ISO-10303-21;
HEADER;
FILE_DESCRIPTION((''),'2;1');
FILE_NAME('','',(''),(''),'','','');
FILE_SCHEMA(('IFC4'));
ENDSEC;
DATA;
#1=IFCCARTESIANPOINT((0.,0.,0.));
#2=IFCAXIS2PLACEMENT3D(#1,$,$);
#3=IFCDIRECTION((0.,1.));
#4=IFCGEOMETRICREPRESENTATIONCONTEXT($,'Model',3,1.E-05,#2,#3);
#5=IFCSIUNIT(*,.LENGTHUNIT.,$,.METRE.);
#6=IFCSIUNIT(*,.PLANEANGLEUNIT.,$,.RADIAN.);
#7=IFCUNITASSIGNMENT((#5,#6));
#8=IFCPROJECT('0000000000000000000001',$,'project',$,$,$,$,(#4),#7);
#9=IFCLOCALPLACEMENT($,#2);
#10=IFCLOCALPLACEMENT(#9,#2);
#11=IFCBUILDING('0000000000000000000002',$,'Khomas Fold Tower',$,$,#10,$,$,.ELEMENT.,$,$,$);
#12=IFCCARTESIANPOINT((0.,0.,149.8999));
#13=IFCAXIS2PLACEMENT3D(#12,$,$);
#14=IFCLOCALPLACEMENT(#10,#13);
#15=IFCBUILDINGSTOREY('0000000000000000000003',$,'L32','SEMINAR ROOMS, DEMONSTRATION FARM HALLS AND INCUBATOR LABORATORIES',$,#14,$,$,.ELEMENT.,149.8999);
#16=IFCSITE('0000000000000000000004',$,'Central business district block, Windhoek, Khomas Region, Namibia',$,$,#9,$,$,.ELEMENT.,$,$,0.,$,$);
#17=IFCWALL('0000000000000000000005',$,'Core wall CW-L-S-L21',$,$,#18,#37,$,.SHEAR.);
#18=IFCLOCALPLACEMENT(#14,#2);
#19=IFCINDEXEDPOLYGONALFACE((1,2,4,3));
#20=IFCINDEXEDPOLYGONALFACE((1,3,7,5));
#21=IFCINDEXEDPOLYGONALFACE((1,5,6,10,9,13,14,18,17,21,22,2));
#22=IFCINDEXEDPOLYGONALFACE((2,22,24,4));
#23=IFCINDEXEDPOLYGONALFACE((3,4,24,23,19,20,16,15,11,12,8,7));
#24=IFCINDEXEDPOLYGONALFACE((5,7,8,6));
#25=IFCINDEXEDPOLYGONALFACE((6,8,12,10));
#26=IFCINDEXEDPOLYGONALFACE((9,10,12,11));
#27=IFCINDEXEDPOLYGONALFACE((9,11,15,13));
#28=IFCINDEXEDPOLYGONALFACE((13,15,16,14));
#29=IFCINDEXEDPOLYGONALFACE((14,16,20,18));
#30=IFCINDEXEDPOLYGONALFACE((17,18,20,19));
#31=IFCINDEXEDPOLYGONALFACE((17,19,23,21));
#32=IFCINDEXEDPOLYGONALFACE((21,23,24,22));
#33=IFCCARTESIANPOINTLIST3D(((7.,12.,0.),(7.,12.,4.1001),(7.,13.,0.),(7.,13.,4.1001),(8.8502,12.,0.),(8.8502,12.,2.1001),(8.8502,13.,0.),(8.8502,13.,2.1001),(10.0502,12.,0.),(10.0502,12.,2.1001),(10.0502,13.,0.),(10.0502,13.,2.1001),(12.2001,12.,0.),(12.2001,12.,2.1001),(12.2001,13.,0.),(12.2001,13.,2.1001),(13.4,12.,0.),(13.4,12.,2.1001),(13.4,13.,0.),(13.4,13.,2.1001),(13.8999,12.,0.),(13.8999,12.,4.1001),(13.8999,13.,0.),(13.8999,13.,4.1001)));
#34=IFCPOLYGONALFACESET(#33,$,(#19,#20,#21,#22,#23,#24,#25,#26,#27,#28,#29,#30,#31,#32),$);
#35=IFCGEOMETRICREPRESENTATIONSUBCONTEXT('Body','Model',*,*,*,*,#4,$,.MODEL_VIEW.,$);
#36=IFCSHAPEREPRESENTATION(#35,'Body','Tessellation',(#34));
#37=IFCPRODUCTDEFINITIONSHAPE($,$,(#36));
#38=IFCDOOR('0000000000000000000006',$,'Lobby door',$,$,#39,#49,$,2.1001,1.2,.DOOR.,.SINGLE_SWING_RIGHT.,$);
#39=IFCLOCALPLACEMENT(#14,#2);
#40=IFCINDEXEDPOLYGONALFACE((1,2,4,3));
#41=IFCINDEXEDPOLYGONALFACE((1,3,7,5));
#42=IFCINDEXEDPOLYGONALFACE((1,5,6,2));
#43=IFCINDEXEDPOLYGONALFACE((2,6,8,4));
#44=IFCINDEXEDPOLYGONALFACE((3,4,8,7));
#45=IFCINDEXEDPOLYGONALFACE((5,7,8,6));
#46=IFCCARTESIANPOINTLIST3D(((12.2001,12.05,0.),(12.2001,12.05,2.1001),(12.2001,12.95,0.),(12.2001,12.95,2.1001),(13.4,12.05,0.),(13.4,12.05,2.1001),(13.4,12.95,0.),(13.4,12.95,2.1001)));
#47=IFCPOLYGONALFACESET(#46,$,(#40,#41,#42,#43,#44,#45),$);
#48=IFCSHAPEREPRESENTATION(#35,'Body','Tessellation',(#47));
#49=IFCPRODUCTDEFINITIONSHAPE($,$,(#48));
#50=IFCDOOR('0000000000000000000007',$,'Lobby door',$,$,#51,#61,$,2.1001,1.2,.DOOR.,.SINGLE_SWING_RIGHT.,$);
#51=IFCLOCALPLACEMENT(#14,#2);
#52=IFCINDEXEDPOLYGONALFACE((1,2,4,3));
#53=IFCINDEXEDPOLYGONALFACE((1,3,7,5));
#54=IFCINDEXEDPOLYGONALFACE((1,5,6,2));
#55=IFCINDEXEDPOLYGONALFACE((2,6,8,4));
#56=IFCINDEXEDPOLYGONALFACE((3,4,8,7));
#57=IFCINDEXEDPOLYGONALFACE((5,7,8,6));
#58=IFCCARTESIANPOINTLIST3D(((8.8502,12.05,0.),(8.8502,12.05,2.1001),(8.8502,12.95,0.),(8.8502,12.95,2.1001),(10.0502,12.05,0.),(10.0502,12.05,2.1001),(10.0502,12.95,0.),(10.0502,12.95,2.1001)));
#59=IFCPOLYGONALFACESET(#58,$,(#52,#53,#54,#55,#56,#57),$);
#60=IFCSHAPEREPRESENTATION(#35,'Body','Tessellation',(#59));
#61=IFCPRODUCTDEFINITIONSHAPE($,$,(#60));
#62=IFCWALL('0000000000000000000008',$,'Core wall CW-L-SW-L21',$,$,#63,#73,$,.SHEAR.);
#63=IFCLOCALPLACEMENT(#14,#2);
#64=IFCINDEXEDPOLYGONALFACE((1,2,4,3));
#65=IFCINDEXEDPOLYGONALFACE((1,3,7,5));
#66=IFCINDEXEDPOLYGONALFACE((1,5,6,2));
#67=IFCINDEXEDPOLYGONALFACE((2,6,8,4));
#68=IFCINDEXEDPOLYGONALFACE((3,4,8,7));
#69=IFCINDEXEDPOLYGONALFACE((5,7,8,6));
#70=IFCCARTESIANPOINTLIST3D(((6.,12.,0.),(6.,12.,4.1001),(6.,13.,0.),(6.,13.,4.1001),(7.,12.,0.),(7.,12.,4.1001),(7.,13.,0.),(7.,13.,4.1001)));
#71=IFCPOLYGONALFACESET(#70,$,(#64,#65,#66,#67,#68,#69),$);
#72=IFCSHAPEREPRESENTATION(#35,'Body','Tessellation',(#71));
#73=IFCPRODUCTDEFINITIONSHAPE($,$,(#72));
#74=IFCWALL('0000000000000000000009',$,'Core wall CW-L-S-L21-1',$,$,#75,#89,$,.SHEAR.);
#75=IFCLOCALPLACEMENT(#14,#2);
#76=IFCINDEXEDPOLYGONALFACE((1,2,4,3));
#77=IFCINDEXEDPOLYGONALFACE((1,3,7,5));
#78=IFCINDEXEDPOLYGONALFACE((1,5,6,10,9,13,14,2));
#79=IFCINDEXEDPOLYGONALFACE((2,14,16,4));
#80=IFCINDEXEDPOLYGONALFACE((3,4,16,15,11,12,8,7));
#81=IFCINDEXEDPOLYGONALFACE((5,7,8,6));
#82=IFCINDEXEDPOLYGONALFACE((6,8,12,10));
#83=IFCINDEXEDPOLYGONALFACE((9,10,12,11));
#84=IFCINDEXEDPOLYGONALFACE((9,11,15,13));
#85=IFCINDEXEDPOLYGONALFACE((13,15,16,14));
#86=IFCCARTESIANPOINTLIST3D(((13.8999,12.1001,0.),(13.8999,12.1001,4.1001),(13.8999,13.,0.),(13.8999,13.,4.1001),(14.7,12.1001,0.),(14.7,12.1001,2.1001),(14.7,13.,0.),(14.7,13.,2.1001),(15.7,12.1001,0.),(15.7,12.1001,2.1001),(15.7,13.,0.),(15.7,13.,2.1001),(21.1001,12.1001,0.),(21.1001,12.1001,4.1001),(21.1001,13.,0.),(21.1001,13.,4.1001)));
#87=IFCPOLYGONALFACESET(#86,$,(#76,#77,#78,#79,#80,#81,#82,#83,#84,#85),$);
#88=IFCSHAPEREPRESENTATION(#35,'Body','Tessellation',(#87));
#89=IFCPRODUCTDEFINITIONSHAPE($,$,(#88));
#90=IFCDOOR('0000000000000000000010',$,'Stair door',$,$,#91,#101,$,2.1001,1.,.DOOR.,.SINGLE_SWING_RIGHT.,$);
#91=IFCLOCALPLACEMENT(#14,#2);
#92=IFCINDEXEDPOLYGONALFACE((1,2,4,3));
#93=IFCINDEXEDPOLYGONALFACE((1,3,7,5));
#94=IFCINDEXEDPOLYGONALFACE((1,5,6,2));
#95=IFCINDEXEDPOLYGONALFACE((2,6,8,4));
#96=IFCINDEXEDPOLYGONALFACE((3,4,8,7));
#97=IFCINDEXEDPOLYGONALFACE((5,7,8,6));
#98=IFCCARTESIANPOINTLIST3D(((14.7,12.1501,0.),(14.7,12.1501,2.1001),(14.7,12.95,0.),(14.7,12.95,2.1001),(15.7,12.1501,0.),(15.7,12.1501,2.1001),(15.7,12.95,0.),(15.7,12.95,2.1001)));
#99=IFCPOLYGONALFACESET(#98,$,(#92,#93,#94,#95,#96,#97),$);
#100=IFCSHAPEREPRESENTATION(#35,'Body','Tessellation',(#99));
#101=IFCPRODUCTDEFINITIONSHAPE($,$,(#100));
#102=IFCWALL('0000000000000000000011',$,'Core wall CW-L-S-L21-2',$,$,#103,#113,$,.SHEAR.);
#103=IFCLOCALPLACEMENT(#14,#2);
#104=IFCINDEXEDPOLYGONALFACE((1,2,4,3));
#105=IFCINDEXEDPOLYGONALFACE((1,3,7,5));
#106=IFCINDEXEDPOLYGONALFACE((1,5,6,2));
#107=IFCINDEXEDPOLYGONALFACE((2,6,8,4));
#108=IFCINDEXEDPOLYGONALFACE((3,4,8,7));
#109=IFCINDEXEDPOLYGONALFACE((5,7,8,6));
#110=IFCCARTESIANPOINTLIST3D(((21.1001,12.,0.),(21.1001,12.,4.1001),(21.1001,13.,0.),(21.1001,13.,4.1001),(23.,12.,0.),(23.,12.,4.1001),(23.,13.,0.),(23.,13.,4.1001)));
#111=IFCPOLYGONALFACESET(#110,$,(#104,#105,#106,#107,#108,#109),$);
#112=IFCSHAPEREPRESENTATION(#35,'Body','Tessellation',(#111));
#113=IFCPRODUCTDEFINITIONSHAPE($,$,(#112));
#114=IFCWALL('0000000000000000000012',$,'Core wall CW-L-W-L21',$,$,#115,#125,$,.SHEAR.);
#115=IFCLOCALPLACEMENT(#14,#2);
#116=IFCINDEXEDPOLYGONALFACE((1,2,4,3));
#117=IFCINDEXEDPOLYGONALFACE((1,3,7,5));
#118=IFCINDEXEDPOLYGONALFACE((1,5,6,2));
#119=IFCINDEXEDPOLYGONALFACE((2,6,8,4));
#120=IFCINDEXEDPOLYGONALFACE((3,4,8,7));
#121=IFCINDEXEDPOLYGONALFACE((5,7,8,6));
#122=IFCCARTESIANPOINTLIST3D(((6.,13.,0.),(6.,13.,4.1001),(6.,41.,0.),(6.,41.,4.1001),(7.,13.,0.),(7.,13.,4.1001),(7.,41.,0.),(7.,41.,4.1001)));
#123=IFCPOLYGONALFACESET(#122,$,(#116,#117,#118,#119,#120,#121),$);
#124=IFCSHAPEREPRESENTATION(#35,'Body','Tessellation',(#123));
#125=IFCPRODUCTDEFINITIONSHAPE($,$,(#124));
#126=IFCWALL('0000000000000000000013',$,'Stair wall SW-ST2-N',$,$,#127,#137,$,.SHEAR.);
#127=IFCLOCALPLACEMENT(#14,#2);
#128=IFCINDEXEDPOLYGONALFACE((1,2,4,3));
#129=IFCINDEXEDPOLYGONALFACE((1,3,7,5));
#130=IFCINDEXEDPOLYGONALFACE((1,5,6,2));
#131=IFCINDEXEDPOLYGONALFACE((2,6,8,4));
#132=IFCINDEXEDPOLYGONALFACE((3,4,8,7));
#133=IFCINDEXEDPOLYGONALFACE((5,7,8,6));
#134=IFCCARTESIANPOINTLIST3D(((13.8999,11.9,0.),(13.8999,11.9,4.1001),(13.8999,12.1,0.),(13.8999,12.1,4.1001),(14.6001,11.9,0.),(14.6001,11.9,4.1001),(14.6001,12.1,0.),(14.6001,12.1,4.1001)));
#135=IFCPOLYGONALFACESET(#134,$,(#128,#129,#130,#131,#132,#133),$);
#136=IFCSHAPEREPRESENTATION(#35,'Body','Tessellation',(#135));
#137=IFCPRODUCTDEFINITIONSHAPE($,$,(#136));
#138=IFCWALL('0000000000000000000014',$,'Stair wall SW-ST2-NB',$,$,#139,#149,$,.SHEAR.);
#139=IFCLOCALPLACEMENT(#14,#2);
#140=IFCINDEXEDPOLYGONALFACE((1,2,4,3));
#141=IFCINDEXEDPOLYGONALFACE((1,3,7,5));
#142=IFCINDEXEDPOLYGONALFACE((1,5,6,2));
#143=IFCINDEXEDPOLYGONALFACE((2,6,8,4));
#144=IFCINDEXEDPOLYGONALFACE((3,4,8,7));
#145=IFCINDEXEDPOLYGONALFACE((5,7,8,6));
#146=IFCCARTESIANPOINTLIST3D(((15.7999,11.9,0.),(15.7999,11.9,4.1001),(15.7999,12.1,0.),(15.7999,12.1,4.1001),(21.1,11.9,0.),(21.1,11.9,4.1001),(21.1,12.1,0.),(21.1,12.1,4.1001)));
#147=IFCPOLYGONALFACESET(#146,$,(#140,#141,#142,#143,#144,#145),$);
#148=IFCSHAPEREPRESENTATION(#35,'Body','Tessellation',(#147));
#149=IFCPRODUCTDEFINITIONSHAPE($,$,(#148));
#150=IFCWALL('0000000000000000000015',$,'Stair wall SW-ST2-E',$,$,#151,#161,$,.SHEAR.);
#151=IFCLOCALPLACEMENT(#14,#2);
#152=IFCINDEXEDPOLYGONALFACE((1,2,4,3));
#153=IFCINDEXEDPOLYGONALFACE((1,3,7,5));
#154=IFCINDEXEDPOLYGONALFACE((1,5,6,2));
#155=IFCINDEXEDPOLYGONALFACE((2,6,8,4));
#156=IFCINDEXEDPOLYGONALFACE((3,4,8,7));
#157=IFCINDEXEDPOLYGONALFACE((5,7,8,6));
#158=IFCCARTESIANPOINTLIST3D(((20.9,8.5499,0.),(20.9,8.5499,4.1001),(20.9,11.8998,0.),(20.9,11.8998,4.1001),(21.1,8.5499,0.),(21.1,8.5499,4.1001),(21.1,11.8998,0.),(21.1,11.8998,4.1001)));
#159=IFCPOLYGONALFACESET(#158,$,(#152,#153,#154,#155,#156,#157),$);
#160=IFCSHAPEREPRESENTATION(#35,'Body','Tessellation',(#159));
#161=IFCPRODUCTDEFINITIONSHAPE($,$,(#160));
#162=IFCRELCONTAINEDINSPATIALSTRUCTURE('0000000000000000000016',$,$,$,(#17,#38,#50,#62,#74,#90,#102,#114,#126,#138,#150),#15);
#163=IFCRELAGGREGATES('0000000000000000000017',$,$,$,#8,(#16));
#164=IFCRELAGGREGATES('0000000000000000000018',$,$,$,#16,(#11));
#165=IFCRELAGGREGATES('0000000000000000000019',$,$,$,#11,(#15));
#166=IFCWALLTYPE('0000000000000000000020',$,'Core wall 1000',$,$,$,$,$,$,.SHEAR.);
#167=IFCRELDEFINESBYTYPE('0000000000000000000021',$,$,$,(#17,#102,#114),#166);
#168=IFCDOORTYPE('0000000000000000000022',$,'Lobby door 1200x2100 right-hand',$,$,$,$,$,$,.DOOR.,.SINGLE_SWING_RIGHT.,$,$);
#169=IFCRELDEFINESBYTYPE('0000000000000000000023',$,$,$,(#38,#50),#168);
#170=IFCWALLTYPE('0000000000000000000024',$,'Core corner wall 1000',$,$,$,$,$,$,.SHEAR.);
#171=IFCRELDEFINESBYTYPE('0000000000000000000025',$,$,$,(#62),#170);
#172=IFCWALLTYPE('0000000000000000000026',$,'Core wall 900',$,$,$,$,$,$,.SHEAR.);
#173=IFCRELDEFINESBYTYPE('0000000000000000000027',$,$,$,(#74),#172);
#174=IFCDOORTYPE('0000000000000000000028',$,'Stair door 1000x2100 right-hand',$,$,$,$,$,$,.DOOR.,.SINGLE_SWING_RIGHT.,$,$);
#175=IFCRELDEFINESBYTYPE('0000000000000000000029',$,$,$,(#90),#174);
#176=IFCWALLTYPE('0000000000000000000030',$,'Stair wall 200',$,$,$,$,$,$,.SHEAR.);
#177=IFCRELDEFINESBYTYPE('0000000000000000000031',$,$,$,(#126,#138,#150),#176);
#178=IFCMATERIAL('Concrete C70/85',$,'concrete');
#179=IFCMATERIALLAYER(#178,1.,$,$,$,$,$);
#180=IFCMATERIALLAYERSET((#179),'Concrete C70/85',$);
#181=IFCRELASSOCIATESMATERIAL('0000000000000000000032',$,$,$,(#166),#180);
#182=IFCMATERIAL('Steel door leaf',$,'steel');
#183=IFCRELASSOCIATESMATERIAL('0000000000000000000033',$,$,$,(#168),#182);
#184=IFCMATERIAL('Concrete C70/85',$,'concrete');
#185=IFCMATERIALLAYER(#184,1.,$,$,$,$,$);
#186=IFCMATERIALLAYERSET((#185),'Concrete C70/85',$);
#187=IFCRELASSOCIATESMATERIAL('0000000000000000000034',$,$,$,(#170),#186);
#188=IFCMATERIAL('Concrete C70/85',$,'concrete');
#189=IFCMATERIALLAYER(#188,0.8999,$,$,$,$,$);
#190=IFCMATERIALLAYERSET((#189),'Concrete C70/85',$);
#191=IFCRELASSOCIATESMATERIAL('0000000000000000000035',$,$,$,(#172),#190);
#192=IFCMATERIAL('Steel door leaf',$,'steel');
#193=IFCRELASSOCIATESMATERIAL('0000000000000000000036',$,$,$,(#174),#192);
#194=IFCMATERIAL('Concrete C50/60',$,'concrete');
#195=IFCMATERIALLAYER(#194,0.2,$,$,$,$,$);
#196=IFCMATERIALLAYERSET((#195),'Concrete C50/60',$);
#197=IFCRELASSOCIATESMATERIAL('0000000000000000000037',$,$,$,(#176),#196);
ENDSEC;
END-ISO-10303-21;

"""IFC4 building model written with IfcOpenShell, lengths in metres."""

from ifc_helpers import new_model, si_unit, direction, frame, frame_2d, origin, place, context, subcontext, project, spatial, rectangle, extrude, source, transform, mapped, material, layer, layer_set, type_object, element, fill, save


model = new_model("IFC4")

# Units and contexts
model_context = context("Model", 3, precision=1e-05, world=origin(), true_north=direction((0.0, 1.0)))
body_context = subcontext(model_context, "Body", "Model", "MODEL_VIEW")
ifc_project = project(units=[si_unit("LENGTHUNIT", "METRE"), si_unit("PLANEANGLEUNIT", "RADIAN")], contexts=[model_context])

# Site, building, storey
site_placement = place(None, origin())
site = spatial("IfcSite", under=ifc_project, at=site_placement, Name="Central business district block, Windhoek, Khomas Region, Namibia", CompositionType="ELEMENT", RefElevation=0.0)
building_placement = place(site_placement, origin())
building = spatial("IfcBuilding", under=site, at=building_placement, Name="Khomas Fold Tower", CompositionType="ELEMENT")
storey_placement = place(building_placement, frame((0.0, 0.0, 149.8999)))
storey = spatial("IfcBuildingStorey", under=building, at=storey_placement, Name="L32", Description="SEMINAR ROOMS, DEMONSTRATION FARM HALLS AND INCUBATOR LABORATORIES", CompositionType="ELEMENT", Elevation=149.8999)

# Wall, openings, doors
ifc_material_1 = material(Name="Concrete C70/85", Category="concrete")
ifc_layer_1 = layer(ifc_material_1, 1.0)
ifc_layer_set_1 = layer_set([ifc_layer_1], Name="Concrete C70/85")
wall_type_1 = type_object("IfcWallType", Name="Core wall 1000", PredefinedType="SHEAR", material=ifc_layer_set_1)
shared_shape_1 = source(origin(), body_context, "Body", "SweptSolid", [
    extrude(rectangle(XDim=6.8999, YDim=1.0, at=frame_2d((3.45, 0.0))), origin(), (0.0, 0.0, 1.0), 4.1001),
])
wall_1_placement = place(storey_placement, frame((7.0, 12.5, 0.0), z_axis=(0.0, 0.0, 1.0), x_axis=(1.0, 0.0, 0.0)))
wall_1 = element("IfcWall", 1, at=wall_1_placement, inside=storey, type_object=wall_type_1, Name="Core wall CW-L-S-L21", PredefinedType="SHEAR", context=body_context, shape_type="MappedRepresentation", body=[
    mapped(shared_shape_1, transform((0.0, 0.0, 0.0))),
])
shared_shape_2 = source(origin(), body_context, "Body", "SweptSolid", [
    extrude(rectangle(XDim=1.2, YDim=2.1001, at=frame_2d((0.6001, 1.05))), frame((0.0, 0.51, 0.0), z_axis=(0.0, -1.0, 0.0), x_axis=(1.0, 0.0, 0.0)), (0.0, 0.0, 1.0), 1.02),
])
opening_1_placement = place(wall_1_placement, frame((5.2, 0.0, 0.0)))
opening_1 = element("IfcOpeningElement", 2, at=opening_1_placement, cuts=wall_1, PredefinedType="OPENING", context=body_context, shape_type="MappedRepresentation", body=[
    mapped(shared_shape_2, transform((0.0, 0.0, 0.0))),
])
opening_2_placement = place(wall_1_placement, frame((1.8501, 0.0, 0.0)))
opening_2 = element("IfcOpeningElement", 3, at=opening_2_placement, cuts=wall_1, PredefinedType="OPENING", context=body_context, shape_type="MappedRepresentation", body=[
    mapped(shared_shape_2, transform((0.0, 0.0, 0.0))),
])
ifc_material_2 = material(Name="Steel door leaf", Category="steel")
door_type_1 = type_object("IfcDoorType", Name="Lobby door 1200x2100 right-hand", OperationType="SINGLE_SWING_RIGHT", PredefinedType="DOOR", material=ifc_material_2)
shared_shape_3 = source(origin(), body_context, "Body", "SweptSolid", [
    extrude(rectangle(XDim=1.2, YDim=2.1001, at=frame_2d((0.6001, 1.05))), frame((0.0, 0.45, 0.0), z_axis=(0.0, -1.0, 0.0), x_axis=(1.0, 0.0, 0.0)), (0.0, 0.0, 1.0), 0.8999),
])
door_1_placement = place(opening_1_placement, origin())
door_1 = element("IfcDoor", 4, at=door_1_placement, inside=storey, type_object=door_type_1, Name="Lobby door", OperationType="SINGLE_SWING_RIGHT", OverallHeight=2.1001, OverallWidth=1.2, PredefinedType="DOOR", context=body_context, shape_type="MappedRepresentation", body=[
    mapped(shared_shape_3, transform((0.0, 0.0, 0.0))),
])
fill(opening_1, door_1)
door_2_placement = place(opening_2_placement, origin())
door_2 = element("IfcDoor", 5, at=door_2_placement, inside=storey, type_object=door_type_1, Name="Lobby door", OperationType="SINGLE_SWING_RIGHT", OverallHeight=2.1001, OverallWidth=1.2, PredefinedType="DOOR", context=body_context, shape_type="MappedRepresentation", body=[
    mapped(shared_shape_3, transform((0.0, 0.0, 0.0))),
])
fill(opening_2, door_2)

# Wall
ifc_material_3 = material(Name="Concrete C70/85", Category="concrete")
ifc_layer_2 = layer(ifc_material_3, 1.0)
ifc_layer_set_2 = layer_set([ifc_layer_2], Name="Concrete C70/85")
wall_type_2 = type_object("IfcWallType", Name="Core corner wall 1000", PredefinedType="SHEAR", material=ifc_layer_set_2)
shared_shape_4 = source(origin(), body_context, "Body", "SweptSolid", [
    extrude(rectangle(XDim=1.0, YDim=1.0, at=frame_2d((0.5, 0.0))), origin(), (0.0, 0.0, 1.0), 4.1001),
])
wall_2_placement = place(storey_placement, frame((6.0, 12.5, 0.0), z_axis=(0.0, 0.0, 1.0), x_axis=(1.0, 0.0, 0.0)))
element("IfcWall", 6, at=wall_2_placement, inside=storey, type_object=wall_type_2, Name="Core wall CW-L-SW-L21", PredefinedType="SHEAR", context=body_context, shape_type="MappedRepresentation", body=[
    mapped(shared_shape_4, transform((0.0, 0.0, 0.0))),
])

# Wall, opening, door
ifc_material_4 = material(Name="Concrete C70/85", Category="concrete")
ifc_layer_3 = layer(ifc_material_4, 0.8999)
ifc_layer_set_3 = layer_set([ifc_layer_3], Name="Concrete C70/85")
wall_type_3 = type_object("IfcWallType", Name="Core wall 900", PredefinedType="SHEAR", material=ifc_layer_set_3)
shared_shape_5 = source(origin(), body_context, "Body", "SweptSolid", [
    extrude(rectangle(XDim=7.2002, YDim=0.8999, at=frame_2d((3.6001, 0.0))), origin(), (0.0, 0.0, 1.0), 4.1001),
])
wall_3_placement = place(storey_placement, frame((13.8999, 12.55, 0.0), z_axis=(0.0, 0.0, 1.0), x_axis=(1.0, 0.0, 0.0)))
wall_3 = element("IfcWall", 7, at=wall_3_placement, inside=storey, type_object=wall_type_3, Name="Core wall CW-L-S-L21-1", PredefinedType="SHEAR", context=body_context, shape_type="MappedRepresentation", body=[
    mapped(shared_shape_5, transform((0.0, 0.0, 0.0))),
])
shared_shape_6 = source(origin(), body_context, "Body", "SweptSolid", [
    extrude(rectangle(XDim=1.0, YDim=2.1001, at=frame_2d((0.5, 1.05))), frame((0.0, 0.46, 0.0), z_axis=(0.0, -1.0, 0.0), x_axis=(1.0, 0.0, 0.0)), (0.0, 0.0, 1.0), 0.9199),
])
opening_3_placement = place(wall_3_placement, frame((0.8, 0.0, 0.0)))
opening_3 = element("IfcOpeningElement", 8, at=opening_3_placement, cuts=wall_3, PredefinedType="OPENING", context=body_context, shape_type="MappedRepresentation", body=[
    mapped(shared_shape_6, transform((0.0, 0.0, 0.0))),
])
ifc_material_5 = material(Name="Steel door leaf", Category="steel")
door_type_2 = type_object("IfcDoorType", Name="Stair door 1000x2100 right-hand", OperationType="SINGLE_SWING_RIGHT", PredefinedType="DOOR", material=ifc_material_5)
shared_shape_7 = source(origin(), body_context, "Body", "SweptSolid", [
    extrude(rectangle(XDim=1.0, YDim=2.1001, at=frame_2d((0.5, 1.05))), frame((0.0, 0.3999, 0.0), z_axis=(0.0, -1.0, 0.0), x_axis=(1.0, 0.0, 0.0)), (0.0, 0.0, 1.0), 0.7998),
])
door_3_placement = place(opening_3_placement, origin())
door_3 = element("IfcDoor", 9, at=door_3_placement, inside=storey, type_object=door_type_2, Name="Stair door", OperationType="SINGLE_SWING_RIGHT", OverallHeight=2.1001, OverallWidth=1.0, PredefinedType="DOOR", context=body_context, shape_type="MappedRepresentation", body=[
    mapped(shared_shape_7, transform((0.0, 0.0, 0.0))),
])
fill(opening_3, door_3)

# Walls
shared_shape_8 = source(origin(), body_context, "Body", "SweptSolid", [
    extrude(rectangle(XDim=1.8999, YDim=1.0, at=frame_2d((0.95, 0.0))), origin(), (0.0, 0.0, 1.0), 4.1001),
])
wall_4_placement = place(storey_placement, frame((21.1001, 12.5, 0.0), z_axis=(0.0, 0.0, 1.0), x_axis=(1.0, 0.0, 0.0)))
element("IfcWall", 10, at=wall_4_placement, inside=storey, type_object=wall_type_1, Name="Core wall CW-L-S-L21-2", PredefinedType="SHEAR", context=body_context, shape_type="MappedRepresentation", body=[
    mapped(shared_shape_8, transform((0.0, 0.0, 0.0))),
])
shared_shape_9 = source(origin(), body_context, "Body", "SweptSolid", [
    extrude(rectangle(XDim=28.0, YDim=1.0, at=frame_2d((14.0, 0.0))), origin(), (0.0, 0.0, 1.0), 4.1001),
])
wall_5_placement = place(storey_placement, frame((6.5, 13.0, 0.0), z_axis=(0.0, 0.0, 1.0), x_axis=(0.0, 1.0, 0.0)))
element("IfcWall", 11, at=wall_5_placement, inside=storey, type_object=wall_type_1, Name="Core wall CW-L-W-L21", PredefinedType="SHEAR", context=body_context, shape_type="MappedRepresentation", body=[
    mapped(shared_shape_9, transform((0.0, 0.0, 0.0))),
])
ifc_material_6 = material(Name="Concrete C50/60", Category="concrete")
ifc_layer_4 = layer(ifc_material_6, 0.2)
ifc_layer_set_4 = layer_set([ifc_layer_4], Name="Concrete C50/60")
wall_type_4 = type_object("IfcWallType", Name="Stair wall 200", PredefinedType="SHEAR", material=ifc_layer_set_4)
shared_shape_10 = source(origin(), body_context, "Body", "SweptSolid", [
    extrude(rectangle(XDim=0.7002, YDim=0.2, at=frame_2d((0.3501, 0.0))), origin(), (0.0, 0.0, 1.0), 4.1001),
])
wall_6_placement = place(storey_placement, frame((13.8999, 12.0, 0.0), z_axis=(0.0, 0.0, 1.0), x_axis=(1.0, 0.0, 0.0)))
element("IfcWall", 12, at=wall_6_placement, inside=storey, type_object=wall_type_4, Name="Stair wall SW-ST2-N", PredefinedType="SHEAR", context=body_context, shape_type="MappedRepresentation", body=[
    mapped(shared_shape_10, transform((0.0, 0.0, 0.0))),
])
shared_shape_11 = source(origin(), body_context, "Body", "SweptSolid", [
    extrude(rectangle(XDim=5.3, YDim=0.2, at=frame_2d((2.6499, 0.0))), origin(), (0.0, 0.0, 1.0), 4.1001),
])
wall_7_placement = place(storey_placement, frame((15.8, 12.0, 0.0), z_axis=(0.0, 0.0, 1.0), x_axis=(1.0, 0.0, 0.0)))
element("IfcWall", 13, at=wall_7_placement, inside=storey, type_object=wall_type_4, Name="Stair wall SW-ST2-NB", PredefinedType="SHEAR", context=body_context, shape_type="MappedRepresentation", body=[
    mapped(shared_shape_11, transform((0.0, 0.0, 0.0))),
])
shared_shape_12 = source(origin(), body_context, "Body", "SweptSolid", [
    extrude(rectangle(XDim=3.3499, YDim=0.2, at=frame_2d((1.6748, 0.0))), origin(), (0.0, 0.0, 1.0), 4.1001),
])
for number, where, z_axis, x_axis, name in (
    (14, (21.0, 8.55, 0.0), (0.0, 0.0, 1.0), (0.0, 1.0, 0.0), "Stair wall SW-ST2-E"),
):
    element("IfcWall", number, at=place(storey_placement, frame(where, z_axis=z_axis, x_axis=x_axis)), inside=storey, type_object=wall_type_4, Name=name, PredefinedType="SHEAR", context=body_context, shape_type="MappedRepresentation", body=[
        mapped(shared_shape_12, transform((0.0, 0.0, 0.0))),
    ])

save(model, "model.ifc")
